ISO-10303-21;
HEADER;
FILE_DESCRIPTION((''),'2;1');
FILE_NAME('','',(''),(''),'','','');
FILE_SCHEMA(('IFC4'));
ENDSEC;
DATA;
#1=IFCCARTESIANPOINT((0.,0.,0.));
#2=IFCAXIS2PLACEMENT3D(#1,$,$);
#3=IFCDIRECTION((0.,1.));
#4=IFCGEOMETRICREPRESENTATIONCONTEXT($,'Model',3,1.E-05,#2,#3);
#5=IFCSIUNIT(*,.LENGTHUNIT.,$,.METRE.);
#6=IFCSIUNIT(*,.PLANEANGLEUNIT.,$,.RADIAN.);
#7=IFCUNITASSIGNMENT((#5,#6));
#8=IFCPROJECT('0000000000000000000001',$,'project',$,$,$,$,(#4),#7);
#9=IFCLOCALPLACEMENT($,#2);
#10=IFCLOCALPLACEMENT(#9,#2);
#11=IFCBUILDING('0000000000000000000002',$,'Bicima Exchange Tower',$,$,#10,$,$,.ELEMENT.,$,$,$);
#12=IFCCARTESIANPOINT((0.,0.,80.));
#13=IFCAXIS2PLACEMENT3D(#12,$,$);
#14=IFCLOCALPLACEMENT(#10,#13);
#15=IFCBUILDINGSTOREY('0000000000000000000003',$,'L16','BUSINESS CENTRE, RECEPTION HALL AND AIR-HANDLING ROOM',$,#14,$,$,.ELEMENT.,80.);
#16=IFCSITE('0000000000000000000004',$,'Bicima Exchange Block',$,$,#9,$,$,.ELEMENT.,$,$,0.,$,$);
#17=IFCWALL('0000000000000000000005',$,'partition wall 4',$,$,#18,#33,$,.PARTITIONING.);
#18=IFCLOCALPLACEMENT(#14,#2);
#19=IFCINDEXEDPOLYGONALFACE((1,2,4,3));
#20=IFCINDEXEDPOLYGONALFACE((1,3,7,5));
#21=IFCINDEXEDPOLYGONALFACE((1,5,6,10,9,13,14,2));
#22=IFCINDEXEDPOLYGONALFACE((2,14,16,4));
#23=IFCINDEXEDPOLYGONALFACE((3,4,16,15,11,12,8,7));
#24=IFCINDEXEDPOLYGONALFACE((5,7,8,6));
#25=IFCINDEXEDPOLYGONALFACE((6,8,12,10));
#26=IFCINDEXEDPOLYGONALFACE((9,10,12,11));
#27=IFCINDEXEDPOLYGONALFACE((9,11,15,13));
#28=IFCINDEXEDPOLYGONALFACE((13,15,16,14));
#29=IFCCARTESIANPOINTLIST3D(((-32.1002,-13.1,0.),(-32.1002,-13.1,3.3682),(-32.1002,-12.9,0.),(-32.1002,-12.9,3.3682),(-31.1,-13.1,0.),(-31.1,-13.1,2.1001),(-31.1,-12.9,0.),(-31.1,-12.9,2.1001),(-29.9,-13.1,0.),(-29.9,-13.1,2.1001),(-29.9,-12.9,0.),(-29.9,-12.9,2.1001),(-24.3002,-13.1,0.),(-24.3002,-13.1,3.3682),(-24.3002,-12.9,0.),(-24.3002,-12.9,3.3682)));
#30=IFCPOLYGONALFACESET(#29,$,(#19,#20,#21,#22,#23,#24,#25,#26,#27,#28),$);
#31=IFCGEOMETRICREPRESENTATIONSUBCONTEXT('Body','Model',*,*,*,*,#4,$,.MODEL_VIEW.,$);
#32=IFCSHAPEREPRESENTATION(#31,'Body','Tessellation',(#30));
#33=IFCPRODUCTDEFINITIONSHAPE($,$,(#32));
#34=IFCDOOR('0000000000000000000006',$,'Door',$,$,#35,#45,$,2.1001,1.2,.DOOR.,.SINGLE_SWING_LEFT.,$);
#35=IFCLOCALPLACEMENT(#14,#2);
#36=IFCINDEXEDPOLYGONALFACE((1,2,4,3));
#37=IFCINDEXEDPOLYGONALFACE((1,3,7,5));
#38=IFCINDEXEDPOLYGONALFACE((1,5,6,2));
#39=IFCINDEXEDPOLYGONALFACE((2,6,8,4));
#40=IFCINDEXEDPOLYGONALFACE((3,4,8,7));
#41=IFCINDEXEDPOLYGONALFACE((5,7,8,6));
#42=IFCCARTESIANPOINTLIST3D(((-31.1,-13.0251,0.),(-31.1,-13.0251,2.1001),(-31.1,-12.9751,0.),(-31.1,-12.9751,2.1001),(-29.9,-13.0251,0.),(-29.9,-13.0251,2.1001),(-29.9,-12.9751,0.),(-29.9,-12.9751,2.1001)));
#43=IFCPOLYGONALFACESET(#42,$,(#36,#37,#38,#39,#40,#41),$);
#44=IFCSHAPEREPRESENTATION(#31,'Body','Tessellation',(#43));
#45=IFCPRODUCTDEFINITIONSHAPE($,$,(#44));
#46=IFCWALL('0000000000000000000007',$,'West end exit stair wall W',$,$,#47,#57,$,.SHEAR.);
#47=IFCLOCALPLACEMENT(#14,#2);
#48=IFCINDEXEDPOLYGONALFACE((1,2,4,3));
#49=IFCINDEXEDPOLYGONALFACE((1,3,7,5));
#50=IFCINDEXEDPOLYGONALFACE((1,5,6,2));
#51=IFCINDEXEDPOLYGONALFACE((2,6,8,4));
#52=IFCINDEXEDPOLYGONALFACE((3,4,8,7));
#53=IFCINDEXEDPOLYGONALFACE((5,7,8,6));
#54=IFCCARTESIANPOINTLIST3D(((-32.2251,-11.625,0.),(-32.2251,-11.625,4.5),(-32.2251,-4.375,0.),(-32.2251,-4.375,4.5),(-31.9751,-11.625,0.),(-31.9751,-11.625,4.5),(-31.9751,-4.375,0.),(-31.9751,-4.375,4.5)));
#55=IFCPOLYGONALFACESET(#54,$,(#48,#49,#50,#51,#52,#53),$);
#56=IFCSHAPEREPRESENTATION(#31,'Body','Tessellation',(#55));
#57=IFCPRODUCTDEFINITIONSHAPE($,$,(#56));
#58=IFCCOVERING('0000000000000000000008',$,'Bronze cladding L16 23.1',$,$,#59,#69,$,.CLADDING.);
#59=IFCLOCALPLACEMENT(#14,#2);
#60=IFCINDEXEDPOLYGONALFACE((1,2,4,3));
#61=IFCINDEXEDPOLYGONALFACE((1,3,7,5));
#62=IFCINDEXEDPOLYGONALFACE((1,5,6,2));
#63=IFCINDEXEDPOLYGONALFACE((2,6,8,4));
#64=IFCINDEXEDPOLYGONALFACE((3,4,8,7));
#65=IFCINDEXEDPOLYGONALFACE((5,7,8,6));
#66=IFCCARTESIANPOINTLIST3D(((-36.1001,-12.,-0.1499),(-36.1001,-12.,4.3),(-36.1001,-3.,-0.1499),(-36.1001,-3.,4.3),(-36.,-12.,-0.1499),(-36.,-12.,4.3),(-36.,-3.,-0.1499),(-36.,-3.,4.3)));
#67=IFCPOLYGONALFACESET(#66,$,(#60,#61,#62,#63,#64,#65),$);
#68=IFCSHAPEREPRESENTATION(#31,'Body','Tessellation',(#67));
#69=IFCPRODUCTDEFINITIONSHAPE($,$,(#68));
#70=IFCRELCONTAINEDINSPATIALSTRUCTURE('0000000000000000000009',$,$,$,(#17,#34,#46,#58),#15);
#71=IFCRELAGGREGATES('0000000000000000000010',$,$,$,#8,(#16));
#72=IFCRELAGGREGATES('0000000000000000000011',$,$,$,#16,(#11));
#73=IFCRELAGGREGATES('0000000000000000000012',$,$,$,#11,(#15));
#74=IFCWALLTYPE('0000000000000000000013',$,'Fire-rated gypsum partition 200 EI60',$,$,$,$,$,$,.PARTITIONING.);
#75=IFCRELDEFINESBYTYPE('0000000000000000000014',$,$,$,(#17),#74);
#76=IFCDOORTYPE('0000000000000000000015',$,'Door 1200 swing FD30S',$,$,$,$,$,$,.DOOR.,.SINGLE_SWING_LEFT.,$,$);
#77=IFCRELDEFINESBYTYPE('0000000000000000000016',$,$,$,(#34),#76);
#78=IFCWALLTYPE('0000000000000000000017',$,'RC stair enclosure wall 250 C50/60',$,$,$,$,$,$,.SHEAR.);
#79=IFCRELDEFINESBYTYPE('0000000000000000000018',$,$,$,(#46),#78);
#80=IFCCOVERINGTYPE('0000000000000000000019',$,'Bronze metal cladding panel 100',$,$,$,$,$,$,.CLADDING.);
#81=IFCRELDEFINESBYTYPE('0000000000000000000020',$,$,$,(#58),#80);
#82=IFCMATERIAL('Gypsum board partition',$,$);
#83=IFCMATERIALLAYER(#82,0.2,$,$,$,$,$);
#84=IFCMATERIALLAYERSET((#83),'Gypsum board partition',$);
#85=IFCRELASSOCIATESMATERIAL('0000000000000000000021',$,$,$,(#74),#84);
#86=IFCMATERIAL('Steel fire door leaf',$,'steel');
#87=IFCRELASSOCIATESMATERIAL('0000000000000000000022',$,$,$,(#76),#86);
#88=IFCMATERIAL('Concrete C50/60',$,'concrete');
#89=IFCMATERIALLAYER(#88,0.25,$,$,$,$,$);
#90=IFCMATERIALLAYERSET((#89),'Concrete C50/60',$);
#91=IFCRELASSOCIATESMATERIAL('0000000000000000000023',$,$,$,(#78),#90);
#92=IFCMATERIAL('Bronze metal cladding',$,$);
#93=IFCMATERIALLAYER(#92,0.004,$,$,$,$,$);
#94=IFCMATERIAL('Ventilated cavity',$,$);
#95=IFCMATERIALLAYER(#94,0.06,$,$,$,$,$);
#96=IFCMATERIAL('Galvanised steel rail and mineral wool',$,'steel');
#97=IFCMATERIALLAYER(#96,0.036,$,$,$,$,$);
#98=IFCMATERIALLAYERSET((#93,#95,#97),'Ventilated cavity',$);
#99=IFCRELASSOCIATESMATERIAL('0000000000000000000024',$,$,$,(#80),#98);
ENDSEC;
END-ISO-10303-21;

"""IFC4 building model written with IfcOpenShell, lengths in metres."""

from ifc_helpers import new_model, si_unit, direction, frame, frame_2d, origin, origin_2d, place, context, subcontext, project, spatial, rectangle, extrude, material, layer, layer_set, type_object, element, fill, save


model = new_model("IFC4")

# Units and contexts
model_context = context("Model", 3, precision=1e-05, world=origin(), true_north=direction((0.0, 1.0)))
body_context = subcontext(model_context, "Body", "Model", "MODEL_VIEW")
ifc_project = project(units=[si_unit("LENGTHUNIT", "METRE"), si_unit("PLANEANGLEUNIT", "RADIAN")], contexts=[model_context])

# Site, building, storey
site_placement = place(None, origin())
site = spatial("IfcSite", under=ifc_project, at=site_placement, Name="Bicima Exchange Block", CompositionType="ELEMENT", RefElevation=0.0)
building_placement = place(site_placement, origin())
building = spatial("IfcBuilding", under=site, at=building_placement, Name="Bicima Exchange Tower", CompositionType="ELEMENT")
storey_placement = place(building_placement, frame((0.0, 0.0, 80.0)))
storey = spatial("IfcBuildingStorey", under=building, at=storey_placement, Name="L16", Description="BUSINESS CENTRE, RECEPTION HALL AND AIR-HANDLING ROOM", CompositionType="ELEMENT", Elevation=80.0)

# Shared definitions
ifc_material_1 = material(Name="Gypsum board partition")
ifc_layer_1 = layer(ifc_material_1, 0.2)
ifc_layer_set_1 = layer_set([ifc_layer_1], Name="Gypsum board partition")
wall_type_1 = type_object("IfcWallType", Name="Fire-rated gypsum partition 200 EI60", PredefinedType="PARTITIONING", material=ifc_layer_set_1)
ifc_material_2 = material(Name="Steel fire door leaf", Category="steel")

# Wall, opening, door
wall_1_placement = place(storey_placement, frame((-32.1001, -13.0, 0.0), z_axis=(0.0, 0.0, 1.0), x_axis=(1.0, 0.0, 0.0)))
wall_1 = element("IfcWall", 1, at=wall_1_placement, inside=storey, type_object=wall_type_1, Name="partition wall 4", PredefinedType="PARTITIONING", context=body_context, shape_type="SweptSolid", body=[
    extrude(rectangle(XDim=7.8, YDim=0.2, at=frame_2d((3.8999, 0.0))), origin(), (0.0, 0.0, 1.0), 3.3682),
])
opening_1_placement = place(wall_1_placement, frame((1.0, 0.0, 0.0)))
opening_1 = element("IfcOpeningElement", 2, at=opening_1_placement, cuts=wall_1, PredefinedType="OPENING", context=body_context, shape_type="SweptSolid", body=[
    extrude(rectangle(XDim=1.2, YDim=2.1001, at=frame_2d((0.6001, 1.05))), frame((0.0, 0.1118, 0.0), z_axis=(0.0, -1.0, 0.0), x_axis=(1.0, 0.0, 0.0)), (0.0, 0.0, 1.0), 0.2239),
])
door_type_1 = type_object("IfcDoorType", Name="Door 1200 swing FD30S", OperationType="SINGLE_SWING_LEFT", PredefinedType="DOOR", material=ifc_material_2)
door_1_placement = place(opening_1_placement, origin())
door_1 = element("IfcDoor", 3, at=door_1_placement, inside=storey, type_object=door_type_1, Name="Door", OperationType="SINGLE_SWING_LEFT", OverallHeight=2.1001, OverallWidth=1.2, PredefinedType="DOOR", context=body_context, shape_type="SweptSolid", body=[
    extrude(rectangle(XDim=1.2, YDim=2.1001, at=frame_2d((0.6001, 1.05))), frame((0.0, 0.0249, 0.0), z_axis=(0.0, -1.0, 0.0), x_axis=(1.0, 0.0, 0.0)), (0.0, 0.0, 1.0), 0.05),
])
fill(opening_1, door_1)

# Wall
ifc_material_3 = material(Name="Concrete C50/60", Category="concrete")
ifc_layer_2 = layer(ifc_material_3, 0.25)
ifc_layer_set_2 = layer_set([ifc_layer_2], Name="Concrete C50/60")
wall_type_2 = type_object("IfcWallType", Name="RC stair enclosure wall 250 C50/60", PredefinedType="SHEAR", material=ifc_layer_set_2)
wall_2_placement = place(storey_placement, frame((-32.1001, -11.625, 0.0), z_axis=(0.0, 0.0, 1.0), x_axis=(0.0, 1.0, 0.0)))
element("IfcWall", 4, at=wall_2_placement, inside=storey, type_object=wall_type_2, Name="West end exit stair wall W", PredefinedType="SHEAR", context=body_context, shape_type="SweptSolid", body=[
    extrude(rectangle(XDim=7.25, YDim=0.25, at=frame_2d((3.625, 0.0))), origin(), (0.0, 0.0, 1.0), 4.5),
])

# Covering
ifc_material_4 = material(Name="Bronze metal cladding")
ifc_layer_3 = layer(ifc_material_4, 0.004)
ifc_material_5 = material(Name="Ventilated cavity")
ifc_layer_4 = layer(ifc_material_5, 0.06)
ifc_material_6 = material(Name="Galvanised steel rail and mineral wool", Category="steel")
ifc_layer_5 = layer(ifc_material_6, 0.036)
ifc_layer_set_3 = layer_set([ifc_layer_3, ifc_layer_4, ifc_layer_5], Name="Ventilated cavity")
covering_type = type_object("IfcCoveringType", Name="Bronze metal cladding panel 100", PredefinedType="CLADDING", material=ifc_layer_set_3)
covering_placement = place(storey_placement, frame((-36.05, -7.5, -0.1499), z_axis=(0.0, 0.0, 1.0), x_axis=(0.0, -1.0, 0.0)))
element("IfcCovering", 5, at=covering_placement, inside=storey, type_object=covering_type, Name="Bronze cladding L16 23.1", PredefinedType="CLADDING", context=body_context, shape_type="SweptSolid", body=[
    extrude(rectangle(XDim=9.0, YDim=0.1001, at=origin_2d()), origin(), (0.0, 0.0, 1.0), 4.45),
])

save(model, "model.ifc")
